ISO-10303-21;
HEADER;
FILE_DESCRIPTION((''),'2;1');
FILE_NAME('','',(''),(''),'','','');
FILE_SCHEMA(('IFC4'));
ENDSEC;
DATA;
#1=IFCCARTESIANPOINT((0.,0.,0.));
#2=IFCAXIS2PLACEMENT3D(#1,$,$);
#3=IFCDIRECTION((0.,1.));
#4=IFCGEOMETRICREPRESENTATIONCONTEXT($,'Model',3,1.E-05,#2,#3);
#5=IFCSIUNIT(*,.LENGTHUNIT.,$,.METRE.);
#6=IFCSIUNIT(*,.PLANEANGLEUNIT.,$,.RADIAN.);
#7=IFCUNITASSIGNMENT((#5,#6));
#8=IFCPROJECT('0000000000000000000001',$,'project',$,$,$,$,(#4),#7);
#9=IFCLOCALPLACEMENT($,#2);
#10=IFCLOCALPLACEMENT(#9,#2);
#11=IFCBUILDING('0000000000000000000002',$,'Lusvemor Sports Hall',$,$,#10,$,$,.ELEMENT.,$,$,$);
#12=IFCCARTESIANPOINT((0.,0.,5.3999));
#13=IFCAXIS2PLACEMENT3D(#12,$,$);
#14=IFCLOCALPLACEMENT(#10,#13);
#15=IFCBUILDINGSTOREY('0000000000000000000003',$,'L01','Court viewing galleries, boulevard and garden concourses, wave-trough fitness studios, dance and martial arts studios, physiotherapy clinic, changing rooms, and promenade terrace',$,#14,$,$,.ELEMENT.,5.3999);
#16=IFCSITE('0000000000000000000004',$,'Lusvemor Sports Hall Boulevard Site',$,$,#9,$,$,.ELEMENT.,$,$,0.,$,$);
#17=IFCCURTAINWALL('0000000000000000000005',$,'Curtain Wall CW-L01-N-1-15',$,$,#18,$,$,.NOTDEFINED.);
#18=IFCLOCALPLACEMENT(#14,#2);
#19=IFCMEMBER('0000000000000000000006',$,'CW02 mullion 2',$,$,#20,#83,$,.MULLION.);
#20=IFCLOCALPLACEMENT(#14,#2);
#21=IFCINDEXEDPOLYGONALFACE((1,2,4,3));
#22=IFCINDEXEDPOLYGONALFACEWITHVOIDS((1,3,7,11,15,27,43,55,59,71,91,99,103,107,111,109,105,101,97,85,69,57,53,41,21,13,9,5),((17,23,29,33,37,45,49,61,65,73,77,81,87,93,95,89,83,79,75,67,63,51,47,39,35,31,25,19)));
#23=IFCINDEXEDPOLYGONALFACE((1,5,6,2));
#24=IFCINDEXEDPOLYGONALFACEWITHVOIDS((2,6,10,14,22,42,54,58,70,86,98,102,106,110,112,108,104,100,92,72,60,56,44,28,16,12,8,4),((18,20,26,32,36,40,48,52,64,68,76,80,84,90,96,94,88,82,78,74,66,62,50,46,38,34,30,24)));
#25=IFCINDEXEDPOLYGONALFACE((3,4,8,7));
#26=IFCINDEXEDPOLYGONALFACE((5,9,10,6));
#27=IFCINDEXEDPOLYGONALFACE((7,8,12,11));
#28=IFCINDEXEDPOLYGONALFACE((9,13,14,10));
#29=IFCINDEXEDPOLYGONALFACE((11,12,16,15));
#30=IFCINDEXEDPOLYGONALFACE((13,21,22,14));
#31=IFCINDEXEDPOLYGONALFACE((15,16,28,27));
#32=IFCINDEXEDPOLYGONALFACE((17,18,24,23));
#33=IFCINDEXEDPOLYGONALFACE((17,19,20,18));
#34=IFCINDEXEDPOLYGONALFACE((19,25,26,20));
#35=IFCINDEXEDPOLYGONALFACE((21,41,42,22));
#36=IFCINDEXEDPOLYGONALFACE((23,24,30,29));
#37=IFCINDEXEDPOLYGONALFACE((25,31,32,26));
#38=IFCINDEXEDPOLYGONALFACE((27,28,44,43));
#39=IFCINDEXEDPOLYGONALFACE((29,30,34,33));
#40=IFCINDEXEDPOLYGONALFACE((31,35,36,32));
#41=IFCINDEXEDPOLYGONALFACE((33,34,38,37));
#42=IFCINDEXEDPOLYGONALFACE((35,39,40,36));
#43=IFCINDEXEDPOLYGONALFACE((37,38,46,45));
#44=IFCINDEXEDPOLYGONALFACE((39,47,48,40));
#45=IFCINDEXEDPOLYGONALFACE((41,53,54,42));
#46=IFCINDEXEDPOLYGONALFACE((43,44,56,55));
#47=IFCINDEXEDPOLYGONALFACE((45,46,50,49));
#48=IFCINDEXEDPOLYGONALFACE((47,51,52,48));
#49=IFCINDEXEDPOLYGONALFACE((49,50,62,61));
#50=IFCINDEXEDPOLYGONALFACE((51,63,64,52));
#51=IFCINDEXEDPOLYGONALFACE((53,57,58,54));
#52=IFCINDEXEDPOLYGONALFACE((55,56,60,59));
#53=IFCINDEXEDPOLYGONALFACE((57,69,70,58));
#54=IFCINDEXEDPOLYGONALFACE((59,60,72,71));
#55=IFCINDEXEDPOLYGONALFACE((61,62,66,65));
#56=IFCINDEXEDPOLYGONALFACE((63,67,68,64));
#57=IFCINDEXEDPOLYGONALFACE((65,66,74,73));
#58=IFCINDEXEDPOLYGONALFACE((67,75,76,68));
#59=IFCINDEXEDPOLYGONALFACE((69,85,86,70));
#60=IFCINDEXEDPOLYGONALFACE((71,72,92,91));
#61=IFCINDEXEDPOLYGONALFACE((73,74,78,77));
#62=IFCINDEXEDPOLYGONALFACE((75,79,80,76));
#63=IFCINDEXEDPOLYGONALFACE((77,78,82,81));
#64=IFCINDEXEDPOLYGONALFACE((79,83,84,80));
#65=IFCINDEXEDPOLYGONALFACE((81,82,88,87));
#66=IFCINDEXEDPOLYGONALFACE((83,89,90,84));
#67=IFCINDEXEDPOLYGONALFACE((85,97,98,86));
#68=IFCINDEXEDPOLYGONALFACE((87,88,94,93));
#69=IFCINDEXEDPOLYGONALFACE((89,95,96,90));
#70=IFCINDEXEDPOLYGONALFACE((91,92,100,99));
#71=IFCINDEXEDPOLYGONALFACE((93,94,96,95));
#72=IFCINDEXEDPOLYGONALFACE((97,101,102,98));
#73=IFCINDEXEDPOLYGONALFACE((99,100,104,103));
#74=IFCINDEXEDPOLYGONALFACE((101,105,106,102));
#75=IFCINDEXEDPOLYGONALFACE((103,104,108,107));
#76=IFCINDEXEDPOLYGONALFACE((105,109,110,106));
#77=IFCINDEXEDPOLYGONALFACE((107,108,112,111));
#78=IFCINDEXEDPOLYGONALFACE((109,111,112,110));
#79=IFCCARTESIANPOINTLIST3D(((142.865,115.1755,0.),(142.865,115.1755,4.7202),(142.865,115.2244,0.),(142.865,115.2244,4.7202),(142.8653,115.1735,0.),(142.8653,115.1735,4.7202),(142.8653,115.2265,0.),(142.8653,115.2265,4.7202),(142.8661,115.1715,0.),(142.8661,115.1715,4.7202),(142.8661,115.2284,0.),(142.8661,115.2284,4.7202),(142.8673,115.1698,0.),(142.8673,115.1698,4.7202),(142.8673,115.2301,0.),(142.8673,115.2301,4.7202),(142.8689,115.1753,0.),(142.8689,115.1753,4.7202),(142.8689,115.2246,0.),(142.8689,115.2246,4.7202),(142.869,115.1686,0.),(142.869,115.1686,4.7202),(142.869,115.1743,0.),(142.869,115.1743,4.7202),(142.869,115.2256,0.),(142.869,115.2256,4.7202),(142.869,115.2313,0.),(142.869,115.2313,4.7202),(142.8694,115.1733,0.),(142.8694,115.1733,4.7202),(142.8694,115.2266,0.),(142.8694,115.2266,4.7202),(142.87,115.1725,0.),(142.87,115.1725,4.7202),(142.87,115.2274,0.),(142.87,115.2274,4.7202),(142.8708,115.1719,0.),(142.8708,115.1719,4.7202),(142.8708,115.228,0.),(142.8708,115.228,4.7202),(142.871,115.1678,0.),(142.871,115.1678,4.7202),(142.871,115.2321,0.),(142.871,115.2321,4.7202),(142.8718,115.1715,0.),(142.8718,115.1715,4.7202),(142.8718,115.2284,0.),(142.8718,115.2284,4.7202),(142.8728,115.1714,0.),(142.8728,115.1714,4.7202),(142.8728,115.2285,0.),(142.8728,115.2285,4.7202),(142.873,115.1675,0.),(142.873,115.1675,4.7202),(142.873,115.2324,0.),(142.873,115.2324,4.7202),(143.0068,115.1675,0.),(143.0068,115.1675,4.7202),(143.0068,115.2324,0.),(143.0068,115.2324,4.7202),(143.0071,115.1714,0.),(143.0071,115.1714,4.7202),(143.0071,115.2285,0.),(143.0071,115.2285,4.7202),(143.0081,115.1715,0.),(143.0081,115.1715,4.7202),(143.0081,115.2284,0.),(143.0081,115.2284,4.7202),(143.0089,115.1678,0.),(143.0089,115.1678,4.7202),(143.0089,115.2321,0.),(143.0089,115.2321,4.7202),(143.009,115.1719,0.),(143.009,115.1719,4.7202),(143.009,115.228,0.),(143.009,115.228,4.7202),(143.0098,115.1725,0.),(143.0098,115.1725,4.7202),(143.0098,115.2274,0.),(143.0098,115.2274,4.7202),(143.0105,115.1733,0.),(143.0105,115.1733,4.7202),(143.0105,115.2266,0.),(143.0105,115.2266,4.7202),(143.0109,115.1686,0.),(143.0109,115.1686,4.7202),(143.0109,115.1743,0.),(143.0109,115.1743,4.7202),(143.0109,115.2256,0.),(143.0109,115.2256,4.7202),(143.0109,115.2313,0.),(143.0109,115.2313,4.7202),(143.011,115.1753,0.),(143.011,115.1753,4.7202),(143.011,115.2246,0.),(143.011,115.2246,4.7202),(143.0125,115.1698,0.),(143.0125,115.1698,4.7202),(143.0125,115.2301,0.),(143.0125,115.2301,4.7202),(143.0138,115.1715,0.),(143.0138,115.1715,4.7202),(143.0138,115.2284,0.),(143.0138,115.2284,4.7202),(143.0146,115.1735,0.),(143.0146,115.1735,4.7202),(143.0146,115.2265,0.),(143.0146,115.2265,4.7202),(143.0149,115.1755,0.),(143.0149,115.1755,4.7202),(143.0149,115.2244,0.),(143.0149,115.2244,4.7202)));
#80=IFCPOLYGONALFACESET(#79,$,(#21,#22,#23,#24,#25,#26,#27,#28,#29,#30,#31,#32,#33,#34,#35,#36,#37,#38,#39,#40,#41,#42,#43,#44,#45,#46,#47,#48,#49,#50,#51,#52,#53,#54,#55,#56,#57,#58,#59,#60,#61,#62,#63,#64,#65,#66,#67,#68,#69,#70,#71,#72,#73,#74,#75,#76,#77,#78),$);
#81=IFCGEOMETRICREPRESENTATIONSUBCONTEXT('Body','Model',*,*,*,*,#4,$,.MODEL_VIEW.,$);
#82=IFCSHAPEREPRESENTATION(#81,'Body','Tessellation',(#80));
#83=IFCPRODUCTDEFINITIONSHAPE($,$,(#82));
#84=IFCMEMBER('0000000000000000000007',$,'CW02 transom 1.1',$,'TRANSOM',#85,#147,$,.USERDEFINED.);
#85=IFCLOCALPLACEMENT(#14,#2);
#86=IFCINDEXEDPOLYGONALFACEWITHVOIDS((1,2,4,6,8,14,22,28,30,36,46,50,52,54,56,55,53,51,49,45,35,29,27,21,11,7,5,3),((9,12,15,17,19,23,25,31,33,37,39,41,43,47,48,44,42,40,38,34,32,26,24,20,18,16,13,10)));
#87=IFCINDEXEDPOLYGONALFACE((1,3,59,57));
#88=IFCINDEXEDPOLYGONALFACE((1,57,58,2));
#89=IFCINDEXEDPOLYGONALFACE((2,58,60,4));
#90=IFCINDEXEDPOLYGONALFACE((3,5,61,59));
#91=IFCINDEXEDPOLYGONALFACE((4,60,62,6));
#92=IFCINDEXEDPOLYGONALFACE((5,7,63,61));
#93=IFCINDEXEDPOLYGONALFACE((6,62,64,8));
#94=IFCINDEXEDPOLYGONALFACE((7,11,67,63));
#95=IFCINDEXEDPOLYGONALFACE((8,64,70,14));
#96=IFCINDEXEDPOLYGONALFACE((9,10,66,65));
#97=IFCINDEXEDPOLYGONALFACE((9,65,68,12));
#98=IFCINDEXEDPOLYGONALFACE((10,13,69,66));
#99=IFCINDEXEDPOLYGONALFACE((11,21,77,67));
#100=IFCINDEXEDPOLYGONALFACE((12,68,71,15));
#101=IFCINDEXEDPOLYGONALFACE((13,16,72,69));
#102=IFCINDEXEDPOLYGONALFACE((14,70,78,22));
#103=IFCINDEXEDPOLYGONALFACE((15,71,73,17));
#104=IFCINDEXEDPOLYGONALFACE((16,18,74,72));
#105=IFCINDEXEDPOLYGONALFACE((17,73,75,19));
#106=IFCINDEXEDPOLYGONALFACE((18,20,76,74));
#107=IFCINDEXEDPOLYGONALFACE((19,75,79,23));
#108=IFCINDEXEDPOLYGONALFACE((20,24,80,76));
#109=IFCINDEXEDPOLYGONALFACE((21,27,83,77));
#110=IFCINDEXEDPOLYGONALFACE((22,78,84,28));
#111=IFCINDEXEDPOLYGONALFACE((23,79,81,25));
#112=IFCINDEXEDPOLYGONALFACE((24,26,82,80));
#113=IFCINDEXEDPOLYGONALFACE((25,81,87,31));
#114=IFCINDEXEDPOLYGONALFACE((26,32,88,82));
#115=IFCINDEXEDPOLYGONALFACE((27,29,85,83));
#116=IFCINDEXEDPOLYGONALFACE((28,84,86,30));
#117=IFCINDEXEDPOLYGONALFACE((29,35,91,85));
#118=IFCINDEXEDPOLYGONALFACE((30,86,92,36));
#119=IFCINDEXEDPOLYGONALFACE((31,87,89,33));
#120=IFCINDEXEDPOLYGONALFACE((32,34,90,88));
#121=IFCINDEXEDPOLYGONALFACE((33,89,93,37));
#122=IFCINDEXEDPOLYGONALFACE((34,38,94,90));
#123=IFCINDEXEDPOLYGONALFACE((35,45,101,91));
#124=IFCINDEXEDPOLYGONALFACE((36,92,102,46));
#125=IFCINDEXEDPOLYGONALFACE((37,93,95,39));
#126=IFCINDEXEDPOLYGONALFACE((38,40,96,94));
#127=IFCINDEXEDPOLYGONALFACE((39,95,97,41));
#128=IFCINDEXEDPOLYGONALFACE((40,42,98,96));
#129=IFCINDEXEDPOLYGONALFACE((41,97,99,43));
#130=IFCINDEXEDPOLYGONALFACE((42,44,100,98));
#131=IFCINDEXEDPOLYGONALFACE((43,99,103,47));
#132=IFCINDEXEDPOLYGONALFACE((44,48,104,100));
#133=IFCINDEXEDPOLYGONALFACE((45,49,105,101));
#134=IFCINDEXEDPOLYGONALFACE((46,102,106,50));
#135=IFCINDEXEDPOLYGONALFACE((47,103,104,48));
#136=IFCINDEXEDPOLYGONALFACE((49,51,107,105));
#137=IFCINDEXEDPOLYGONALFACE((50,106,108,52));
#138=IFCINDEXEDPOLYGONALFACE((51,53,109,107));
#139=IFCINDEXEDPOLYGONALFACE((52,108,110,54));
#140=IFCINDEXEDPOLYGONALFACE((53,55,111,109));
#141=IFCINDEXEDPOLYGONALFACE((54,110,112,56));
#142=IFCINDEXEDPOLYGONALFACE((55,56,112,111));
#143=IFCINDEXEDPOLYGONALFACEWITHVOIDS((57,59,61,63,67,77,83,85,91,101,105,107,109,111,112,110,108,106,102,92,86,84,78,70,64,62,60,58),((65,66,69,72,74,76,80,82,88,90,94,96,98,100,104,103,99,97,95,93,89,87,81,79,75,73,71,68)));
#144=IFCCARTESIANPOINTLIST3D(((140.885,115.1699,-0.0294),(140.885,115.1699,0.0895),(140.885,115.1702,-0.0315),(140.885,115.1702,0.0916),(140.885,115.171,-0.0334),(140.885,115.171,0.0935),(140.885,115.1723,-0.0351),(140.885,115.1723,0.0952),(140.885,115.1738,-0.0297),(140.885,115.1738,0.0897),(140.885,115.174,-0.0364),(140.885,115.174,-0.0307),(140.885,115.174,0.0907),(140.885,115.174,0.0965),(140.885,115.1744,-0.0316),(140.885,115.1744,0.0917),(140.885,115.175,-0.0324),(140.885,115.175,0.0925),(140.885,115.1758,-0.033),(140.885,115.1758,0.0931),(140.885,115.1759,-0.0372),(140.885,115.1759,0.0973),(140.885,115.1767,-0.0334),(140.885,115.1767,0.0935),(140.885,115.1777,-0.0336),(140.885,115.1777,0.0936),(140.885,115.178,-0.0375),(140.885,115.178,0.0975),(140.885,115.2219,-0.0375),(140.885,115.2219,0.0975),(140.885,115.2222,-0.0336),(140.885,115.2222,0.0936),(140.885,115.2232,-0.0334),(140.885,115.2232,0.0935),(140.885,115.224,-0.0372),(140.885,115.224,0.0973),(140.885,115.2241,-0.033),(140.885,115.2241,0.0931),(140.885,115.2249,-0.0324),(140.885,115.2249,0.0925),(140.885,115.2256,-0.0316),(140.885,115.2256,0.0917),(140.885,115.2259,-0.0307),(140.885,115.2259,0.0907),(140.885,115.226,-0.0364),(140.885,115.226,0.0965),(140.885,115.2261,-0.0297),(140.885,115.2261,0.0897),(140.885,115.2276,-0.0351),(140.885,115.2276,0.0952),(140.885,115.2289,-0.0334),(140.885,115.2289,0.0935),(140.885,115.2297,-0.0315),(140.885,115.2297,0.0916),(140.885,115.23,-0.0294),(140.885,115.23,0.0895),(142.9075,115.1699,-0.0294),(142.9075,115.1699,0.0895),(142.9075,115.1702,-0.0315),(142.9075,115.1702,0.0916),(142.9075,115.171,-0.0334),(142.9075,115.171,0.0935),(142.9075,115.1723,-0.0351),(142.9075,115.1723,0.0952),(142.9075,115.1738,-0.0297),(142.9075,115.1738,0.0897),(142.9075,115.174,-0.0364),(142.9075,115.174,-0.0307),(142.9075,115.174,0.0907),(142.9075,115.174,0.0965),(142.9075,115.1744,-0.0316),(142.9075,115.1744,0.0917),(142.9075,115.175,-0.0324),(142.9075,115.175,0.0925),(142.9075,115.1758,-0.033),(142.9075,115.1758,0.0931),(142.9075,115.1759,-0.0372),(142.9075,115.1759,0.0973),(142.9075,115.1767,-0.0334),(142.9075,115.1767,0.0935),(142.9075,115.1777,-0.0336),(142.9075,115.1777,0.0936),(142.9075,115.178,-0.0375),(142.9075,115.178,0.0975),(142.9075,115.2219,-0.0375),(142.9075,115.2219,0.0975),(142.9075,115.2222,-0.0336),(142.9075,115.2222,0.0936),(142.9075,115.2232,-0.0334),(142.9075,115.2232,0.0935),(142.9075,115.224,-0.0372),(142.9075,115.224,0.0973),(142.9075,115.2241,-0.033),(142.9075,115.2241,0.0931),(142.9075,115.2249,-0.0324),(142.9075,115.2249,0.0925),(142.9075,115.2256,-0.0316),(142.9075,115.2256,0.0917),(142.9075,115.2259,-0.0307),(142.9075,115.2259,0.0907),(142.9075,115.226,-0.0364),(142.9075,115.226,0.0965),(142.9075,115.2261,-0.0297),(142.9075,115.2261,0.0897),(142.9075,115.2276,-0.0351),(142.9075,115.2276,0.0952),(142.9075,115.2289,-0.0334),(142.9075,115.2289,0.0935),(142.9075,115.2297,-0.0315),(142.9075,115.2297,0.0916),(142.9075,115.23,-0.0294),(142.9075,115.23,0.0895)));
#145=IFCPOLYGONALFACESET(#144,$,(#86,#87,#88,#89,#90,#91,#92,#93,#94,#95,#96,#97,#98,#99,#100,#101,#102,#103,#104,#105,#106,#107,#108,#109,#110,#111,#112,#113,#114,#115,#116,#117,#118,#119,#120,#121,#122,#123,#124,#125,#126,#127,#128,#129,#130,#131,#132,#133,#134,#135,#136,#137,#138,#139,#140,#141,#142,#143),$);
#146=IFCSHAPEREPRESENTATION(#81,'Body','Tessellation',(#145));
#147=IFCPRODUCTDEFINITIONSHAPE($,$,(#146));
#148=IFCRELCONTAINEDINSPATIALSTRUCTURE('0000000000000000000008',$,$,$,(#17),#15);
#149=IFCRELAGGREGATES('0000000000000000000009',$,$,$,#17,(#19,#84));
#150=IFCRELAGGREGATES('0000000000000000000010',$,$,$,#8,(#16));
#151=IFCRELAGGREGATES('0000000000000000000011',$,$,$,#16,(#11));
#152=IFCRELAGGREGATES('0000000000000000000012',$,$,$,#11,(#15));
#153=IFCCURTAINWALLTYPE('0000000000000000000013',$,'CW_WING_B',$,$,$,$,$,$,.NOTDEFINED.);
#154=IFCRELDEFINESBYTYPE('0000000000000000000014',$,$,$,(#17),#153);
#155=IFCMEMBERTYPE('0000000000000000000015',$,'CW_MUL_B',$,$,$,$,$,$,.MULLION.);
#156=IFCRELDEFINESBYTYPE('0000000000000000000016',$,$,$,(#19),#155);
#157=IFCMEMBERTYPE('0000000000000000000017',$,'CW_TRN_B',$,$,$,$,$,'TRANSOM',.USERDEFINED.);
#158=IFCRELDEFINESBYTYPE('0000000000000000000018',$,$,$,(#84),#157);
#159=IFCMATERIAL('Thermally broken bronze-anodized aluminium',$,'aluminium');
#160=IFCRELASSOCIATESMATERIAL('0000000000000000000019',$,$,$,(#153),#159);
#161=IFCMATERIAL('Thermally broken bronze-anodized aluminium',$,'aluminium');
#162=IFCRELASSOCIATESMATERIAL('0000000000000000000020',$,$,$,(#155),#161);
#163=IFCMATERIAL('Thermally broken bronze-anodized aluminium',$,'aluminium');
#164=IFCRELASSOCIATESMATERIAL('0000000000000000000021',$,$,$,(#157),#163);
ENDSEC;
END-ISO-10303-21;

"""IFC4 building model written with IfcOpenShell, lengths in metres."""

from ifc_helpers import new_model, si_unit, direction, frame, origin, origin_2d, place, context, subcontext, project, spatial, hollow_rectangle, extrude, material, material_profile, profile_set, type_object, element, aggregate, save


model = new_model("IFC4")

# Units and contexts
model_context = context("Model", 3, precision=1e-05, world=origin(), true_north=direction((0.0, 1.0)))
body_context = subcontext(model_context, "Body", "Model", "MODEL_VIEW")
ifc_project = project(units=[si_unit("LENGTHUNIT", "METRE"), si_unit("PLANEANGLEUNIT", "RADIAN")], contexts=[model_context])

# Site, building, storey
site_placement = place(None, origin())
site = spatial("IfcSite", under=ifc_project, at=site_placement, Name="Lusvemor Sports Hall Boulevard Site", CompositionType="ELEMENT", RefElevation=0.0)
building_placement = place(site_placement, origin())
building = spatial("IfcBuilding", under=site, at=building_placement, Name="Lusvemor Sports Hall", CompositionType="ELEMENT")
storey_placement = place(building_placement, frame((0.0, 0.0, 5.3999)))
storey = spatial("IfcBuildingStorey", under=building, at=storey_placement, Name="L01", Description="Court viewing galleries, boulevard and garden concourses, wave-trough fitness studios, dance and martial arts studios, physiotherapy clinic, changing rooms, and promenade terrace", CompositionType="ELEMENT", Elevation=5.3999)

# Curtain wall, members
ifc_material_1 = material(Name="Thermally broken bronze-anodized aluminium", Category="aluminium")
curtain_wall_type = type_object("IfcCurtainWallType", Name="CW_WING_B", PredefinedType="NOTDEFINED", material=ifc_material_1)
curtain_wall_placement = place(storey_placement, origin())
curtain_wall = element("IfcCurtainWall", 1, at=curtain_wall_placement, inside=storey, type_object=curtain_wall_type, Name="Curtain Wall CW-L01-N-1-15", PredefinedType="NOTDEFINED")
ifc_material_2 = material(Name="Thermally broken bronze-anodized aluminium", Category="aluminium")
ifc_material_profile_1 = material_profile(ifc_material_2, hollow_rectangle(XDim=0.0649, YDim=0.1499, WallThickness=0.0039, InnerFilletRadius=0.0039, OuterFilletRadius=0.0081, at=origin_2d()), Name="CWMUL150x65x4")
ifc_profile_set_1 = profile_set([ifc_material_profile_1], Name="Thermally broken bronze-anodized aluminium")
member_type_1 = type_object("IfcMemberType", Name="CW_MUL_B", PredefinedType="MULLION", material=ifc_profile_set_1)
member_1_placement = place(storey_placement, frame((142.9399, 115.2, 0.0), z_axis=(0.0, 0.0, 1.0), x_axis=(0.0, 1.0, 0.0)))
member_1 = element("IfcMember", 2, at=member_1_placement, type_object=member_type_1, Name="CW02 mullion 2", PredefinedType="MULLION", context=body_context, shape_type="SweptSolid", body=[
    extrude(hollow_rectangle(XDim=0.0649, YDim=0.1499, WallThickness=0.0039, InnerFilletRadius=0.0039, OuterFilletRadius=0.0081, at=origin_2d()), origin(), (0.0, 0.0, 1.0), 4.7202),
])
ifc_material_3 = material(Name="Thermally broken bronze-anodized aluminium", Category="aluminium")
ifc_material_profile_2 = material_profile(ifc_material_3, hollow_rectangle(XDim=0.0601, YDim=0.135, WallThickness=0.0039, InnerFilletRadius=0.0039, OuterFilletRadius=0.0081, at=origin_2d()), Name="CWTRN135x60x4")
ifc_profile_set_2 = profile_set([ifc_material_profile_2], Name="Thermally broken bronze-anodized aluminium")
member_type_2 = type_object("IfcMemberType", Name="CW_TRN_B", ElementType="TRANSOM", PredefinedType="USERDEFINED", material=ifc_profile_set_2)
member_2_placement = place(storey_placement, frame((140.885, 115.2, 0.03), z_axis=(1.0, 0.0, 0.0), x_axis=(0.0, 1.0, 0.0)))
member_2 = element("IfcMember", 3, at=member_2_placement, type_object=member_type_2, Name="CW02 transom 1.1", ObjectType="TRANSOM", PredefinedType="USERDEFINED", context=body_context, shape_type="SweptSolid", body=[
    extrude(hollow_rectangle(XDim=0.0601, YDim=0.135, WallThickness=0.0039, InnerFilletRadius=0.0039, OuterFilletRadius=0.0081, at=origin_2d()), origin(), (0.0, 0.0, 1.0), 2.0225),
])

aggregate(curtain_wall, [member_1, member_2])

save(model, "model.ifc")
